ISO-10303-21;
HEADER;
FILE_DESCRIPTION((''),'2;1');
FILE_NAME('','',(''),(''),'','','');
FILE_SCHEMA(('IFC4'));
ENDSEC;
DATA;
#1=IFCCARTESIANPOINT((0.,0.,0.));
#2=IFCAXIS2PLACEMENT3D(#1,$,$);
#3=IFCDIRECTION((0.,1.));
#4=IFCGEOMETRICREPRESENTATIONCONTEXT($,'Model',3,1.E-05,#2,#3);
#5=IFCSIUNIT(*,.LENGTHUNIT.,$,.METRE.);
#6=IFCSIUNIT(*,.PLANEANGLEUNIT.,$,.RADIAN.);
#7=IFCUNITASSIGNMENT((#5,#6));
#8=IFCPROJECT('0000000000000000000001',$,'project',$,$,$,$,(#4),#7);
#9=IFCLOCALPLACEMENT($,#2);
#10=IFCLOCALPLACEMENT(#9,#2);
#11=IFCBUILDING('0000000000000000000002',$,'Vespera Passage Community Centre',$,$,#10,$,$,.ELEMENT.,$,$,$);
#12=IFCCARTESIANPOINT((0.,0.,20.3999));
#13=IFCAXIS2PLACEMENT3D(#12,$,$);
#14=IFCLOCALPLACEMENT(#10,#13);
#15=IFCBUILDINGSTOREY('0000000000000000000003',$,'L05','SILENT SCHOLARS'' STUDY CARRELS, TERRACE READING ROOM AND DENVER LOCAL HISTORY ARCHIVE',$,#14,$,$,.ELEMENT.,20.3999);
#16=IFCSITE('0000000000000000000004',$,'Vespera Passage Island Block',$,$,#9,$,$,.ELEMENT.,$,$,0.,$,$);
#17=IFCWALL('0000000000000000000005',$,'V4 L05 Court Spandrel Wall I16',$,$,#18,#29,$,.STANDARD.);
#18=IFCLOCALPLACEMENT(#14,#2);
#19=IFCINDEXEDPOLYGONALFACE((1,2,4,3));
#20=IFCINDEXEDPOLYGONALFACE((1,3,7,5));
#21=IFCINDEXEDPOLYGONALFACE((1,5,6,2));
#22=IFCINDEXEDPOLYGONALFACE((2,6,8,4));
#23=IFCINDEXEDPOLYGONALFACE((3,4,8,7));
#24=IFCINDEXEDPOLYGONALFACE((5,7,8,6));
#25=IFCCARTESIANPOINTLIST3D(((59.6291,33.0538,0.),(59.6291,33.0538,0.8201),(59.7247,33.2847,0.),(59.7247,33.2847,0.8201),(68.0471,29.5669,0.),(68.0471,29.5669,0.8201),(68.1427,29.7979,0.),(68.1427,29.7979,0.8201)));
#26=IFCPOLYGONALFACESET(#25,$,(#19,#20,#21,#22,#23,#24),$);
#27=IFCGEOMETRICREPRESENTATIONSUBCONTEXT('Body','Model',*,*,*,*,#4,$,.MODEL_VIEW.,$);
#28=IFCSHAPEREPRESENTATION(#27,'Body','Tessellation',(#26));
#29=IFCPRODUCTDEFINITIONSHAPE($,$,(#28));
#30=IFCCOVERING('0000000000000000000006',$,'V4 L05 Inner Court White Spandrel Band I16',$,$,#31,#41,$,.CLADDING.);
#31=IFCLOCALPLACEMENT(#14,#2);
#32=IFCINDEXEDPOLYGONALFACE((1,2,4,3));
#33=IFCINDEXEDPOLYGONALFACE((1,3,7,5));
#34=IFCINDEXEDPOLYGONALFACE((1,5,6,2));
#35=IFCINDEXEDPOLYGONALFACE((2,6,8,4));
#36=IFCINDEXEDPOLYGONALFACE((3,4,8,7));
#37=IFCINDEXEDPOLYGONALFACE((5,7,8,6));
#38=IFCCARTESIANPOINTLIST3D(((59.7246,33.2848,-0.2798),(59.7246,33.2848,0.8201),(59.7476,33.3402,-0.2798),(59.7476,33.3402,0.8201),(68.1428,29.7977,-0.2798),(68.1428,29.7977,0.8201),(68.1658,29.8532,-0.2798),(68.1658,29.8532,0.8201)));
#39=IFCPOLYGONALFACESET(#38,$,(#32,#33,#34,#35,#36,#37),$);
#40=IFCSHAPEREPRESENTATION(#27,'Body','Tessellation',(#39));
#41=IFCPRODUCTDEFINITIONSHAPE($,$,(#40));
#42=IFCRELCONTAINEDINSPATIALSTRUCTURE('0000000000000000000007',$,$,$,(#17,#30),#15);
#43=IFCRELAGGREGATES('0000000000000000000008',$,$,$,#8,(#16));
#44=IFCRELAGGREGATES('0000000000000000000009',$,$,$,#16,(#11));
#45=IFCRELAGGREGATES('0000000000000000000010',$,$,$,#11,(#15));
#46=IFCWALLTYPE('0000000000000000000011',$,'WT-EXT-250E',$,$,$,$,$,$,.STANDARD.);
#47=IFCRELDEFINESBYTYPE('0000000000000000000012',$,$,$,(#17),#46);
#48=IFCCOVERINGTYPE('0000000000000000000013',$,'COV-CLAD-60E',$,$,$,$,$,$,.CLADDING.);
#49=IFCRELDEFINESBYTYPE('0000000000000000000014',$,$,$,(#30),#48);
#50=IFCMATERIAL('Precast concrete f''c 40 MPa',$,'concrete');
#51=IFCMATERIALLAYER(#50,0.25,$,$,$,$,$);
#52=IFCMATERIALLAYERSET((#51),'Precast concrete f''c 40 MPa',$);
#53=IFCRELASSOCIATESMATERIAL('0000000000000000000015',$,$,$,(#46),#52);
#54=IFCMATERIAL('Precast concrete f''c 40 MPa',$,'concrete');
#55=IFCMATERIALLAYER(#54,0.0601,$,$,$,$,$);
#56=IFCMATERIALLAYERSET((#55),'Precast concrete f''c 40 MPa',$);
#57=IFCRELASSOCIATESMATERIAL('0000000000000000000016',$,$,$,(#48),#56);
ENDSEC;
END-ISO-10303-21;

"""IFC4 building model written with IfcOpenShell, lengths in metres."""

from ifc_helpers import new_model, si_unit, direction, frame, frame_2d, origin, place, context, subcontext, project, spatial, rectangle, extrude, material, layer, layer_set, type_object, element, save


model = new_model("IFC4")

# Units and contexts
model_context = context("Model", 3, precision=1e-05, world=origin(), true_north=direction((0.0, 1.0)))
body_context = subcontext(model_context, "Body", "Model", "MODEL_VIEW")
ifc_project = project(units=[si_unit("LENGTHUNIT", "METRE"), si_unit("PLANEANGLEUNIT", "RADIAN")], contexts=[model_context])

# Site, building, storey
site_placement = place(None, origin())
site = spatial("IfcSite", under=ifc_project, at=site_placement, Name="Vespera Passage Island Block", CompositionType="ELEMENT", RefElevation=0.0)
building_placement = place(site_placement, origin())
building = spatial("IfcBuilding", under=site, at=building_placement, Name="Vespera Passage Community Centre", CompositionType="ELEMENT")
storey_placement = place(building_placement, frame((0.0, 0.0, 20.3999)))
storey = spatial("IfcBuildingStorey", under=building, at=storey_placement, Name="L05", Description="SILENT SCHOLARS' STUDY CARRELS, TERRACE READING ROOM AND DENVER LOCAL HISTORY ARCHIVE", CompositionType="ELEMENT", Elevation=20.3999)

# Wall
ifc_material_1 = material(Name="Precast concrete f'c 40 MPa", Category="concrete")
ifc_layer_1 = layer(ifc_material_1, 0.25)
ifc_layer_set_1 = layer_set([ifc_layer_1], Name="Precast concrete f'c 40 MPa")
wall_type_1 = type_object("IfcWallType", Name="WT-EXT-250E", PredefinedType="STANDARD", material=ifc_layer_set_1)
wall_1_placement = place(storey_placement, frame((59.677, 33.1692, 0.0), z_axis=(0.0, 0.0, 1.0), x_axis=(0.92388, -0.382682, 0.0)))
element("IfcWall", 1, at=wall_1_placement, inside=storey, type_object=wall_type_1, Name="V4 L05 Court Spandrel Wall I16", PredefinedType="STANDARD", context=body_context, shape_type="SweptSolid", body=[
    extrude(rectangle(XDim=9.1116, YDim=0.25, at=frame_2d((4.5557, 0.0))), origin(), (0.0, 0.0, 1.0), 0.8201),
])

# Covering
ifc_material_2 = material(Name="Precast concrete f'c 40 MPa", Category="concrete")
ifc_layer_2 = layer(ifc_material_2, 0.0601)
ifc_layer_set_2 = layer_set([ifc_layer_2], Name="Precast concrete f'c 40 MPa")
covering_type = type_object("IfcCoveringType", Name="COV-CLAD-60E", PredefinedType="CLADDING", material=ifc_layer_set_2)
covering_placement = place(storey_placement, frame((59.7361, 33.3125, -0.2798), z_axis=(0.0, 0.0, 1.0), x_axis=(0.923875, -0.382695, 0.0)))
element("IfcCovering", 2, at=covering_placement, inside=storey, type_object=covering_type, Name="V4 L05 Inner Court White Spandrel Band I16", PredefinedType="CLADDING", context=body_context, shape_type="SweptSolid", body=[
    extrude(rectangle(XDim=9.1118, YDim=0.0601, at=frame_2d((4.5559, 0.0))), origin(), (0.0, 0.0, 1.0), 1.0999),
])

save(model, "model.ifc")
